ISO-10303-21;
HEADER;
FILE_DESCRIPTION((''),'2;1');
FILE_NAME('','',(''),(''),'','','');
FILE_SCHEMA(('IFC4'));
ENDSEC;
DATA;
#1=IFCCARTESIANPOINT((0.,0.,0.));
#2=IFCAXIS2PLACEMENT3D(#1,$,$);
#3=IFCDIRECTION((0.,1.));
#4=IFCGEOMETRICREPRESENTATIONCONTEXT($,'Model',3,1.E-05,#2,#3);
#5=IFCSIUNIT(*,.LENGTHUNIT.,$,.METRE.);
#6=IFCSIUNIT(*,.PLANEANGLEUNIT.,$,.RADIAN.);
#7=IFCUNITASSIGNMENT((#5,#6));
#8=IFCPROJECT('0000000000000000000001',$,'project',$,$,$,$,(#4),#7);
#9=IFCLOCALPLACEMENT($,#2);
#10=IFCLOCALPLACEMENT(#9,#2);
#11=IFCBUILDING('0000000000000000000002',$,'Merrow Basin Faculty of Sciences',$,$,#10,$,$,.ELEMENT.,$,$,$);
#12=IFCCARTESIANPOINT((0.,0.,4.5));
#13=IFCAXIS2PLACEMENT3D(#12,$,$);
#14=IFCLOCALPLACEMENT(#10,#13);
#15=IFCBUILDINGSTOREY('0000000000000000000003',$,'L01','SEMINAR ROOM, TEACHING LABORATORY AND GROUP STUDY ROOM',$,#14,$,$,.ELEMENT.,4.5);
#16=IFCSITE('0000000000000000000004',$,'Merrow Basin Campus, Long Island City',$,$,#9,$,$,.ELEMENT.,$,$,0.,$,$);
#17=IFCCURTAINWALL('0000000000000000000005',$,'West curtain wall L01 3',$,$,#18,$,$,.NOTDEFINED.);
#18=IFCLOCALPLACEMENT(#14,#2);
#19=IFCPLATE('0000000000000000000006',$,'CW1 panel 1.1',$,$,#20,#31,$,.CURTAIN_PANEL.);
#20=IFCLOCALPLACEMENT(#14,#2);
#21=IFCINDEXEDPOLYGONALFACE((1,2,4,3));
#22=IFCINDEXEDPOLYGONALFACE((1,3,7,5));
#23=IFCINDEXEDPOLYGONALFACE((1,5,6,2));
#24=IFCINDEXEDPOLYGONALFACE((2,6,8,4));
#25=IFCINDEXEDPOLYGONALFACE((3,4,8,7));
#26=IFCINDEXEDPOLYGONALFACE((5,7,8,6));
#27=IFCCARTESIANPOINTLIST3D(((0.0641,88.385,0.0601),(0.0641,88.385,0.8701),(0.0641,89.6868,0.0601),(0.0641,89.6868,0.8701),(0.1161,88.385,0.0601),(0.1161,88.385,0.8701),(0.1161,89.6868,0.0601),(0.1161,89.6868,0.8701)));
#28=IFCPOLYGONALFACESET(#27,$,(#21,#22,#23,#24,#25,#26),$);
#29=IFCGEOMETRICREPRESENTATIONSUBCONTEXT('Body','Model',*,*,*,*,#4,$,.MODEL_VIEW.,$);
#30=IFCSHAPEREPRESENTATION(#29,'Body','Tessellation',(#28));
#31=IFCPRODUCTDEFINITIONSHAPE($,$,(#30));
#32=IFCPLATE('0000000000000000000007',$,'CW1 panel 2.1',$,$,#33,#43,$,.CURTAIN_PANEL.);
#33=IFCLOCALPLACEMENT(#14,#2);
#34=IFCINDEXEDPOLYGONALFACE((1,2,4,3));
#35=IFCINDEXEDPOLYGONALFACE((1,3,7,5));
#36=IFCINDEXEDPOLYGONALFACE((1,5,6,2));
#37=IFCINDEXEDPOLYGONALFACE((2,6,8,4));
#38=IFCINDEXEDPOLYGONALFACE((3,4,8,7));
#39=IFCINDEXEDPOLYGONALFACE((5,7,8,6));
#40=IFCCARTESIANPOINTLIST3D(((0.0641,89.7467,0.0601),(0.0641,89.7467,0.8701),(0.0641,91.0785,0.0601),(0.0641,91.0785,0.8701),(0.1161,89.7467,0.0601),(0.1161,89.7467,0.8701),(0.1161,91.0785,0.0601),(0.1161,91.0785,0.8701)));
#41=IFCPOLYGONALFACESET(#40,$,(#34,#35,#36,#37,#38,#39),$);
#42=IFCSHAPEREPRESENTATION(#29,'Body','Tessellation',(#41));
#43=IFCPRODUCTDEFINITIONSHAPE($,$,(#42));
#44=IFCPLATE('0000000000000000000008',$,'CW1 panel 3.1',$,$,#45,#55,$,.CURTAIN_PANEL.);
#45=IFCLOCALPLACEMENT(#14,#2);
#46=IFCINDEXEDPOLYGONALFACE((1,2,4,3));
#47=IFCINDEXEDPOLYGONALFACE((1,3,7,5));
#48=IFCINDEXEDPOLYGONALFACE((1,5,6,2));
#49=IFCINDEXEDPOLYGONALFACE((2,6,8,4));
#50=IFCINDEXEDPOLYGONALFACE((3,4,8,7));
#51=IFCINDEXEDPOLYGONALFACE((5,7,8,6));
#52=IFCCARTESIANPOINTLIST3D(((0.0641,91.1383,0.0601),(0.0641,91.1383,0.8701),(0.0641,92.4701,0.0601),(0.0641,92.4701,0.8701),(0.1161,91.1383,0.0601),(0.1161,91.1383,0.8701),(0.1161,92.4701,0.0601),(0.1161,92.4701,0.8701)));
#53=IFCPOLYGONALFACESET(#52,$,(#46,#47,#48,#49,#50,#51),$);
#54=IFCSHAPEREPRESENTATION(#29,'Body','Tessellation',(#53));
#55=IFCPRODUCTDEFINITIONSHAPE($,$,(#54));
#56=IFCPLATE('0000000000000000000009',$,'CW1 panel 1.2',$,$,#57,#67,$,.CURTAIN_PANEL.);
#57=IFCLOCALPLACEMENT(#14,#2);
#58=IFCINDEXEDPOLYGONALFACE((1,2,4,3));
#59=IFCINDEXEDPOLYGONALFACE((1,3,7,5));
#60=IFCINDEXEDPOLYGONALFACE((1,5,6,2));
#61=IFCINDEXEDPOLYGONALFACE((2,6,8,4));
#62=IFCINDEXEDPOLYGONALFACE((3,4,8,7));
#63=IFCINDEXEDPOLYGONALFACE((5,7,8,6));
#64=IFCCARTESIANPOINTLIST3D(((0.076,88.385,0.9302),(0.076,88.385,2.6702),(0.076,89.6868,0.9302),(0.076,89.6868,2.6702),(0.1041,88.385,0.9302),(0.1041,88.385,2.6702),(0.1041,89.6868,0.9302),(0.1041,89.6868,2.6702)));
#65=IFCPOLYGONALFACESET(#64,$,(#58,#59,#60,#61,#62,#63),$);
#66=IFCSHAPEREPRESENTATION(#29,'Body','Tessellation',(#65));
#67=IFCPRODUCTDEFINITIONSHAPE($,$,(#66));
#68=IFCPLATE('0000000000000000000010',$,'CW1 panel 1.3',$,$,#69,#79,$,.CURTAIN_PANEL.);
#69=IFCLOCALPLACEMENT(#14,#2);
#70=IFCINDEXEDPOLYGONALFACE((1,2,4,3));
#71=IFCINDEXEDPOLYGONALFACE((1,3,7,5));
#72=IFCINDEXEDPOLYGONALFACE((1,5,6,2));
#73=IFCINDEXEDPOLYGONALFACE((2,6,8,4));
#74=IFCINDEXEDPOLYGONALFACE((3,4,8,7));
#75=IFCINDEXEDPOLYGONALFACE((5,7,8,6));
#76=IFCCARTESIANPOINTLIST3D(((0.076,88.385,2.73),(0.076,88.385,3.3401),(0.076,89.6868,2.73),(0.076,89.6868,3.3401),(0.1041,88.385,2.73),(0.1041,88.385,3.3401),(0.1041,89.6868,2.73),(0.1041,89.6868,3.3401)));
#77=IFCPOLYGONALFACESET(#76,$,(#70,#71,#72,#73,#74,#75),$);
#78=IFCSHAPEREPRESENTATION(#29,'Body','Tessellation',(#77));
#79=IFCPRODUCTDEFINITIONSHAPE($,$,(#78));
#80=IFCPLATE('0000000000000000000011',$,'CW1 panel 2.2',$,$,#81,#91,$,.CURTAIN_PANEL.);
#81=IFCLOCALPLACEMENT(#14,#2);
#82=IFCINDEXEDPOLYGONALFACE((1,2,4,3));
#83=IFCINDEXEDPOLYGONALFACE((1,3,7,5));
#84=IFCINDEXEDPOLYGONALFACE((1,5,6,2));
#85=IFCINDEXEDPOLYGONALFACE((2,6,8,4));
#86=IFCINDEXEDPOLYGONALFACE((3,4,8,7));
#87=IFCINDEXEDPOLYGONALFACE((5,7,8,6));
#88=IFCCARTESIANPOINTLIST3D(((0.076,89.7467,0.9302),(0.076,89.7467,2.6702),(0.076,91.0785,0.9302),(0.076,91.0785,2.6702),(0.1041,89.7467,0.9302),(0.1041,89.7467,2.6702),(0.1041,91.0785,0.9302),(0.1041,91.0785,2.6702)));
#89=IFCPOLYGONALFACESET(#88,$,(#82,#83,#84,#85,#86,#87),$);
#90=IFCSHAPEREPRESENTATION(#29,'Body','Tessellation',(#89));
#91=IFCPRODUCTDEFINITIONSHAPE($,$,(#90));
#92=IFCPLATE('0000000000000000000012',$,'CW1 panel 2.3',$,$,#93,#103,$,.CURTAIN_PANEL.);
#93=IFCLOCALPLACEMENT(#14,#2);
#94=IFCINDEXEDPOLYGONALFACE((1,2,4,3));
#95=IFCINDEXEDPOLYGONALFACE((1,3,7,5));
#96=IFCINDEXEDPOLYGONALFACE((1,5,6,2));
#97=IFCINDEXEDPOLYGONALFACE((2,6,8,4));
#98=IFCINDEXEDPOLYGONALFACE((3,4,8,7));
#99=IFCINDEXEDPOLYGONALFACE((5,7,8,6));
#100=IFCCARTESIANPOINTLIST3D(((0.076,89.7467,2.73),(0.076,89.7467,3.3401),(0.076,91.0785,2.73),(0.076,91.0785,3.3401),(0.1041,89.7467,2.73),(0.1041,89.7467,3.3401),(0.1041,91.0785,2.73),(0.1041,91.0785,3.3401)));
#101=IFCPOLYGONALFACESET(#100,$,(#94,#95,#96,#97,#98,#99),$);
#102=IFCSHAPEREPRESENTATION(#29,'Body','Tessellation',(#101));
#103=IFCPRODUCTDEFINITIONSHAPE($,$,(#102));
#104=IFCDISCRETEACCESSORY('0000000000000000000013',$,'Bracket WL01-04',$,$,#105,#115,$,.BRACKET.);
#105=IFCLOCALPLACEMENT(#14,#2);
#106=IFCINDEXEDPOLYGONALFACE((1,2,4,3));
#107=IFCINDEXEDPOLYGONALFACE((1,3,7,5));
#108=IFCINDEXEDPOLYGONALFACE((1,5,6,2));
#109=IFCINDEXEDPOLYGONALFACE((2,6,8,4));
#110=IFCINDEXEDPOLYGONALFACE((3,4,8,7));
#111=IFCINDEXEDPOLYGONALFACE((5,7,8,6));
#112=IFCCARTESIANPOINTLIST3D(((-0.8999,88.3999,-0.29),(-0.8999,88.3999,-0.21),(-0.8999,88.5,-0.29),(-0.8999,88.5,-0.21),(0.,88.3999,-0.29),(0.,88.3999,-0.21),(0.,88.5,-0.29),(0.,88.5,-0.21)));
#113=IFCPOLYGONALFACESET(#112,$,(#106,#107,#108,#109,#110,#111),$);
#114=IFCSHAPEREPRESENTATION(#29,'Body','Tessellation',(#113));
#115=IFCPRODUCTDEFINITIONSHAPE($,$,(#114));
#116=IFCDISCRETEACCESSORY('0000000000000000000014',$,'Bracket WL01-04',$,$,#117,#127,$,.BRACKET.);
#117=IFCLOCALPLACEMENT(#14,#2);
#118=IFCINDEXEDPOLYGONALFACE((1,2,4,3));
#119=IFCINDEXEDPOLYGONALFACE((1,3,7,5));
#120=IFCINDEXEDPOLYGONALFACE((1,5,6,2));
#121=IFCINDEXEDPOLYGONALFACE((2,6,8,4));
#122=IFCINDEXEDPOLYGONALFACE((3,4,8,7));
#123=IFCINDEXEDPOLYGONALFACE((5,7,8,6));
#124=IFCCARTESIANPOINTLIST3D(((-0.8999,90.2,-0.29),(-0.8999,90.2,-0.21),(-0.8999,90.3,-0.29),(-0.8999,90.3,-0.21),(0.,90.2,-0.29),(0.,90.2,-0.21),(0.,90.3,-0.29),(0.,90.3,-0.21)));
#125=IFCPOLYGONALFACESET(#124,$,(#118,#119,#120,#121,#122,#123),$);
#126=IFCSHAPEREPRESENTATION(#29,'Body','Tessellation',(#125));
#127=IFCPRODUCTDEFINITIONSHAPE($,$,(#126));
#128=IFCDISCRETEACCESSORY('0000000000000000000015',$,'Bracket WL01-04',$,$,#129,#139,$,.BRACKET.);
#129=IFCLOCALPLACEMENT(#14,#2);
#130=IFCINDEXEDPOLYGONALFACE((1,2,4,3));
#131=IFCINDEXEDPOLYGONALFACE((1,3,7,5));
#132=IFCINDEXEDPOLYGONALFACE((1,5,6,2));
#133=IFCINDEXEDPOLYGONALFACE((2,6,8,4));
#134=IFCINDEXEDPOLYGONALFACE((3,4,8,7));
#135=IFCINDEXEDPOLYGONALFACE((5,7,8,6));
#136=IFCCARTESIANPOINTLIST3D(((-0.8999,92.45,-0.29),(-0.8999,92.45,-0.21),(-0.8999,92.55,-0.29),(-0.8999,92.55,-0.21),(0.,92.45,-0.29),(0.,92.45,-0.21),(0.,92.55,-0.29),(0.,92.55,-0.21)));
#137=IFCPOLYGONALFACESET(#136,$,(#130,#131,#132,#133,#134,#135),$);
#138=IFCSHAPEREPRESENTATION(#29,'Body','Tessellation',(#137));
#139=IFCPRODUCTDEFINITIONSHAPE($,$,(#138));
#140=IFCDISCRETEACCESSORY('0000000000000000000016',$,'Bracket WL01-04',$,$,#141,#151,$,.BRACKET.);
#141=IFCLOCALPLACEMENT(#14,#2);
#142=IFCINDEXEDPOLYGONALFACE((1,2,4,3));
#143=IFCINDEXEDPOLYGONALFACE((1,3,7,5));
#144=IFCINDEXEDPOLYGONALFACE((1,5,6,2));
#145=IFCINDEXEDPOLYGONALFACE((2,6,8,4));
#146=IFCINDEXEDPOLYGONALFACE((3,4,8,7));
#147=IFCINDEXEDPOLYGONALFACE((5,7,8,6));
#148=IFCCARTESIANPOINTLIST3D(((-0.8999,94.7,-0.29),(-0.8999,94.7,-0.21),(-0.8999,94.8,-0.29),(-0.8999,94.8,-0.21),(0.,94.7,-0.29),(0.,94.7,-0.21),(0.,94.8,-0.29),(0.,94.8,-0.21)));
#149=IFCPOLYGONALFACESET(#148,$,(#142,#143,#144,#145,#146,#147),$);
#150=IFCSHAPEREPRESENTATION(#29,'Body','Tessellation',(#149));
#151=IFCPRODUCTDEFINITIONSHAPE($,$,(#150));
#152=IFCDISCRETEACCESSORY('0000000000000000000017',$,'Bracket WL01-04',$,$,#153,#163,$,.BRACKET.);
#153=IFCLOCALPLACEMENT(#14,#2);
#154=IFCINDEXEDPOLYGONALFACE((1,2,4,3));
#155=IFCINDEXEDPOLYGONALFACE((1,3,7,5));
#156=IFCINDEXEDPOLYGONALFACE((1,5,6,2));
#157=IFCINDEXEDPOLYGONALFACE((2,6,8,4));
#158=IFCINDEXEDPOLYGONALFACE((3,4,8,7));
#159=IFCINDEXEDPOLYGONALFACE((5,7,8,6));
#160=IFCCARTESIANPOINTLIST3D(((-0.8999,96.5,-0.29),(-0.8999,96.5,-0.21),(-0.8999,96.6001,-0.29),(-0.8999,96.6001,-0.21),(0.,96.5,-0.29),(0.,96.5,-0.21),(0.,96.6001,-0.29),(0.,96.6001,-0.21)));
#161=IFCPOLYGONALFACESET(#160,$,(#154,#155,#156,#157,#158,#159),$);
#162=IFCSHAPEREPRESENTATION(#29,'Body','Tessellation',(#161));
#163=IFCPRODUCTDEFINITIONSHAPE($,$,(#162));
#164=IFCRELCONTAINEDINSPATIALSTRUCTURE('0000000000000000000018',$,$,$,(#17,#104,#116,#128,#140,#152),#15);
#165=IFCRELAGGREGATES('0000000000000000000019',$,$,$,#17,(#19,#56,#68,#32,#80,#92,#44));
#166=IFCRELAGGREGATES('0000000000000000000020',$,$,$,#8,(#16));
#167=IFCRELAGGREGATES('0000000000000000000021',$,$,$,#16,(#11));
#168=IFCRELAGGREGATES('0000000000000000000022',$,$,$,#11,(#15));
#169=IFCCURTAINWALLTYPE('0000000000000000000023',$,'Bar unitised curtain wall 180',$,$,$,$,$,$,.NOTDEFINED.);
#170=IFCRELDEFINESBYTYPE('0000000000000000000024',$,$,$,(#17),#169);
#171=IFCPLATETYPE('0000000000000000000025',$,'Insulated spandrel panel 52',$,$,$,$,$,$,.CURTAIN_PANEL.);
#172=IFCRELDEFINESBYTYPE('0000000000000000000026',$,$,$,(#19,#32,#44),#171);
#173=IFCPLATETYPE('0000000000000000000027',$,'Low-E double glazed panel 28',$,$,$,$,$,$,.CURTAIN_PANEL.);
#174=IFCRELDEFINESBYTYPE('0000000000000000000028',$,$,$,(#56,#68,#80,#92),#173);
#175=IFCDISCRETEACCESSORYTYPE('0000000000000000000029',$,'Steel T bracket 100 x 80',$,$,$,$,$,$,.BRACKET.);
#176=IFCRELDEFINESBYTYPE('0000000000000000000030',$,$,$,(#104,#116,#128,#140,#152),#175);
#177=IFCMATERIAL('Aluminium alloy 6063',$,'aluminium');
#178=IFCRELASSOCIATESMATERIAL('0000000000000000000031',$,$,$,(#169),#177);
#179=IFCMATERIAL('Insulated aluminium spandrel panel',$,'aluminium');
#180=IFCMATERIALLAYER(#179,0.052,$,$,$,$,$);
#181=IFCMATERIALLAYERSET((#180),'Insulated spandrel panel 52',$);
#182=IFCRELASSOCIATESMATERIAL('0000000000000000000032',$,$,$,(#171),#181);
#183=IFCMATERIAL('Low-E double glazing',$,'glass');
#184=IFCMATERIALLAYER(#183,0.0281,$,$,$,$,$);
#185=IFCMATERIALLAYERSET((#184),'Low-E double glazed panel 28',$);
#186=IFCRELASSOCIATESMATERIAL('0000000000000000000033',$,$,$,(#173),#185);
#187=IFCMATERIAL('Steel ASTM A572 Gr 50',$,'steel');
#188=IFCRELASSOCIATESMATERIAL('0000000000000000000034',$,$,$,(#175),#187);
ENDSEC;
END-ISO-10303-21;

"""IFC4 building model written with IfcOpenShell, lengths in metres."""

from ifc_helpers import new_model, si_unit, direction, frame, origin, origin_2d, place, context, subcontext, project, spatial, polyline, rectangle, outline, extrude, source, transform, mapped, material, layer, layer_set, type_object, element, aggregate, save


model = new_model("IFC4")

# Units and contexts
model_context = context("Model", 3, precision=1e-05, world=origin(), true_north=direction((0.0, 1.0)))
body_context = subcontext(model_context, "Body", "Model", "MODEL_VIEW")
ifc_project = project(units=[si_unit("LENGTHUNIT", "METRE"), si_unit("PLANEANGLEUNIT", "RADIAN")], contexts=[model_context])

# Site, building, storey
site_placement = place(None, origin())
site = spatial("IfcSite", under=ifc_project, at=site_placement, Name="Merrow Basin Campus, Long Island City", CompositionType="ELEMENT", RefElevation=0.0)
building_placement = place(site_placement, origin())
building = spatial("IfcBuilding", under=site, at=building_placement, Name="Merrow Basin Faculty of Sciences", CompositionType="ELEMENT")
storey_placement = place(building_placement, frame((0.0, 0.0, 4.5)))
storey = spatial("IfcBuildingStorey", under=building, at=storey_placement, Name="L01", Description="SEMINAR ROOM, TEACHING LABORATORY AND GROUP STUDY ROOM", CompositionType="ELEMENT", Elevation=4.5)

# Curtain wall, plates
ifc_material_1 = material(Name="Aluminium alloy 6063", Category="aluminium")
curtain_wall_type = type_object("IfcCurtainWallType", Name="Bar unitised curtain wall 180", PredefinedType="NOTDEFINED", material=ifc_material_1)
curtain_wall_placement = place(storey_placement, origin())
curtain_wall = element("IfcCurtainWall", 1, at=curtain_wall_placement, inside=storey, type_object=curtain_wall_type, Name="West curtain wall L01 3", PredefinedType="NOTDEFINED")
ifc_material_2 = material(Name="Insulated aluminium spandrel panel", Category="aluminium")
ifc_layer_1 = layer(ifc_material_2, 0.052)
ifc_layer_set_1 = layer_set([ifc_layer_1], Name="Insulated spandrel panel 52")
plate_type_1 = type_object("IfcPlateType", Name="Insulated spandrel panel 52", PredefinedType="CURTAIN_PANEL", material=ifc_layer_set_1)
plate_1_placement = place(storey_placement, frame((0.0901, 89.0359, 0.0601), z_axis=(0.0, 0.0, 1.0), x_axis=(0.0, 1.0, 0.0)))
plate_1 = element("IfcPlate", 2, at=plate_1_placement, type_object=plate_type_1, Name="CW1 panel 1.1", PredefinedType="CURTAIN_PANEL", context=body_context, shape_type="SweptSolid", body=[
    extrude(rectangle(XDim=1.3018, YDim=0.052, at=origin_2d()), origin(), (0.0, 0.0, 1.0), 0.8101),
])
plate_2_placement = place(storey_placement, frame((0.0901, 90.4126, 0.0601), z_axis=(0.0, 0.0, 1.0), x_axis=(0.0, 1.0, 0.0)))
plate_2 = element("IfcPlate", 3, at=plate_2_placement, type_object=plate_type_1, Name="CW1 panel 2.1", PredefinedType="CURTAIN_PANEL", context=body_context, shape_type="SweptSolid", body=[
    extrude(rectangle(XDim=1.3318, YDim=0.052, at=origin_2d()), origin(), (0.0, 0.0, 1.0), 0.8101),
])
plate_3_placement = place(storey_placement, frame((0.0901, 91.8042, 0.0601), z_axis=(0.0, 0.0, 1.0), x_axis=(0.0, 1.0, 0.0)))
plate_3 = element("IfcPlate", 4, at=plate_3_placement, type_object=plate_type_1, Name="CW1 panel 3.1", PredefinedType="CURTAIN_PANEL", context=body_context, shape_type="SweptSolid", body=[
    extrude(rectangle(XDim=1.3318, YDim=0.052, at=origin_2d()), origin(), (0.0, 0.0, 1.0), 0.8101),
])
ifc_material_3 = material(Name="Low-E double glazing", Category="glass")
ifc_layer_2 = layer(ifc_material_3, 0.0281)
ifc_layer_set_2 = layer_set([ifc_layer_2], Name="Low-E double glazed panel 28")
plate_type_2 = type_object("IfcPlateType", Name="Low-E double glazed panel 28", PredefinedType="CURTAIN_PANEL", material=ifc_layer_set_2)
plate_4_placement = place(storey_placement, frame((0.0901, 89.0359, 0.9302), z_axis=(0.0, 0.0, 1.0), x_axis=(0.0, 1.0, 0.0)))
plate_4 = element("IfcPlate", 5, at=plate_4_placement, type_object=plate_type_2, Name="CW1 panel 1.2", PredefinedType="CURTAIN_PANEL", context=body_context, shape_type="SweptSolid", body=[
    extrude(rectangle(XDim=1.3018, YDim=0.0281, at=origin_2d()), origin(), (0.0, 0.0, 1.0), 1.74),
])
plate_5_placement = place(storey_placement, frame((0.0901, 89.0359, 2.73), z_axis=(0.0, 0.0, 1.0), x_axis=(0.0, 1.0, 0.0)))
plate_5 = element("IfcPlate", 6, at=plate_5_placement, type_object=plate_type_2, Name="CW1 panel 1.3", PredefinedType="CURTAIN_PANEL", context=body_context, shape_type="SweptSolid", body=[
    extrude(rectangle(XDim=1.3018, YDim=0.0281, at=origin_2d()), origin(), (0.0, 0.0, 1.0), 0.6101),
])
plate_6_placement = place(storey_placement, frame((0.0901, 90.4126, 0.9302), z_axis=(0.0, 0.0, 1.0), x_axis=(0.0, 1.0, 0.0)))
plate_6 = element("IfcPlate", 7, at=plate_6_placement, type_object=plate_type_2, Name="CW1 panel 2.2", PredefinedType="CURTAIN_PANEL", context=body_context, shape_type="SweptSolid", body=[
    extrude(rectangle(XDim=1.3318, YDim=0.0281, at=origin_2d()), origin(), (0.0, 0.0, 1.0), 1.74),
])
plate_7_placement = place(storey_placement, frame((0.0901, 90.4126, 2.73), z_axis=(0.0, 0.0, 1.0), x_axis=(0.0, 1.0, 0.0)))
plate_7 = element("IfcPlate", 8, at=plate_7_placement, type_object=plate_type_2, Name="CW1 panel 2.3", PredefinedType="CURTAIN_PANEL", context=body_context, shape_type="SweptSolid", body=[
    extrude(rectangle(XDim=1.3318, YDim=0.0281, at=origin_2d()), origin(), (0.0, 0.0, 1.0), 0.6101),
])
aggregate(curtain_wall, [plate_1, plate_4, plate_5, plate_2, plate_6, plate_7, plate_3])

# Discrete accessories
ifc_material_4 = material(Name="Steel ASTM A572 Gr 50", Category="steel")
discrete_accessory_type = type_object("IfcDiscreteAccessoryType", Name="Steel T bracket 100 x 80", PredefinedType="BRACKET", material=ifc_material_4)
shared_shape_1 = source(origin(), body_context, "Body", "SweptSolid", [
    extrude(outline(polyline([(0.0, 0.0), (0.1001, 0.0), (0.1001, 0.0801), (0.0, 0.0801), (0.0, 0.0)])), origin(), (0.0, 0.0, 1.0), 0.8999),
])
for number, where, z_axis, x_axis, name in (
    (9, (-0.8999, 88.3999, -0.29), (1.0, 0.0, 0.0), (0.0, 1.0, 0.0), "Bracket WL01-04"),
    (10, (-0.8999, 90.2, -0.29), (1.0, 0.0, 0.0), (0.0, 1.0, 0.0), "Bracket WL01-04"),
    (11, (-0.8999, 92.45, -0.29), (1.0, 0.0, 0.0), (0.0, 1.0, 0.0), "Bracket WL01-04"),
    (12, (-0.8999, 94.7, -0.29), (1.0, 0.0, 0.0), (0.0, 1.0, 0.0), "Bracket WL01-04"),
    (13, (-0.8999, 96.5, -0.29), (1.0, 0.0, 0.0), (0.0, 1.0, 0.0), "Bracket WL01-04"),
):
    element("IfcDiscreteAccessory", number, at=place(storey_placement, frame(where, z_axis=z_axis, x_axis=x_axis)), inside=storey, type_object=discrete_accessory_type, Name=name, PredefinedType="BRACKET", context=body_context, shape_type="MappedRepresentation", body=[
        mapped(shared_shape_1, transform((0.0, 0.0, 0.0), scale=1.0)),
    ])

save(model, "model.ifc")
